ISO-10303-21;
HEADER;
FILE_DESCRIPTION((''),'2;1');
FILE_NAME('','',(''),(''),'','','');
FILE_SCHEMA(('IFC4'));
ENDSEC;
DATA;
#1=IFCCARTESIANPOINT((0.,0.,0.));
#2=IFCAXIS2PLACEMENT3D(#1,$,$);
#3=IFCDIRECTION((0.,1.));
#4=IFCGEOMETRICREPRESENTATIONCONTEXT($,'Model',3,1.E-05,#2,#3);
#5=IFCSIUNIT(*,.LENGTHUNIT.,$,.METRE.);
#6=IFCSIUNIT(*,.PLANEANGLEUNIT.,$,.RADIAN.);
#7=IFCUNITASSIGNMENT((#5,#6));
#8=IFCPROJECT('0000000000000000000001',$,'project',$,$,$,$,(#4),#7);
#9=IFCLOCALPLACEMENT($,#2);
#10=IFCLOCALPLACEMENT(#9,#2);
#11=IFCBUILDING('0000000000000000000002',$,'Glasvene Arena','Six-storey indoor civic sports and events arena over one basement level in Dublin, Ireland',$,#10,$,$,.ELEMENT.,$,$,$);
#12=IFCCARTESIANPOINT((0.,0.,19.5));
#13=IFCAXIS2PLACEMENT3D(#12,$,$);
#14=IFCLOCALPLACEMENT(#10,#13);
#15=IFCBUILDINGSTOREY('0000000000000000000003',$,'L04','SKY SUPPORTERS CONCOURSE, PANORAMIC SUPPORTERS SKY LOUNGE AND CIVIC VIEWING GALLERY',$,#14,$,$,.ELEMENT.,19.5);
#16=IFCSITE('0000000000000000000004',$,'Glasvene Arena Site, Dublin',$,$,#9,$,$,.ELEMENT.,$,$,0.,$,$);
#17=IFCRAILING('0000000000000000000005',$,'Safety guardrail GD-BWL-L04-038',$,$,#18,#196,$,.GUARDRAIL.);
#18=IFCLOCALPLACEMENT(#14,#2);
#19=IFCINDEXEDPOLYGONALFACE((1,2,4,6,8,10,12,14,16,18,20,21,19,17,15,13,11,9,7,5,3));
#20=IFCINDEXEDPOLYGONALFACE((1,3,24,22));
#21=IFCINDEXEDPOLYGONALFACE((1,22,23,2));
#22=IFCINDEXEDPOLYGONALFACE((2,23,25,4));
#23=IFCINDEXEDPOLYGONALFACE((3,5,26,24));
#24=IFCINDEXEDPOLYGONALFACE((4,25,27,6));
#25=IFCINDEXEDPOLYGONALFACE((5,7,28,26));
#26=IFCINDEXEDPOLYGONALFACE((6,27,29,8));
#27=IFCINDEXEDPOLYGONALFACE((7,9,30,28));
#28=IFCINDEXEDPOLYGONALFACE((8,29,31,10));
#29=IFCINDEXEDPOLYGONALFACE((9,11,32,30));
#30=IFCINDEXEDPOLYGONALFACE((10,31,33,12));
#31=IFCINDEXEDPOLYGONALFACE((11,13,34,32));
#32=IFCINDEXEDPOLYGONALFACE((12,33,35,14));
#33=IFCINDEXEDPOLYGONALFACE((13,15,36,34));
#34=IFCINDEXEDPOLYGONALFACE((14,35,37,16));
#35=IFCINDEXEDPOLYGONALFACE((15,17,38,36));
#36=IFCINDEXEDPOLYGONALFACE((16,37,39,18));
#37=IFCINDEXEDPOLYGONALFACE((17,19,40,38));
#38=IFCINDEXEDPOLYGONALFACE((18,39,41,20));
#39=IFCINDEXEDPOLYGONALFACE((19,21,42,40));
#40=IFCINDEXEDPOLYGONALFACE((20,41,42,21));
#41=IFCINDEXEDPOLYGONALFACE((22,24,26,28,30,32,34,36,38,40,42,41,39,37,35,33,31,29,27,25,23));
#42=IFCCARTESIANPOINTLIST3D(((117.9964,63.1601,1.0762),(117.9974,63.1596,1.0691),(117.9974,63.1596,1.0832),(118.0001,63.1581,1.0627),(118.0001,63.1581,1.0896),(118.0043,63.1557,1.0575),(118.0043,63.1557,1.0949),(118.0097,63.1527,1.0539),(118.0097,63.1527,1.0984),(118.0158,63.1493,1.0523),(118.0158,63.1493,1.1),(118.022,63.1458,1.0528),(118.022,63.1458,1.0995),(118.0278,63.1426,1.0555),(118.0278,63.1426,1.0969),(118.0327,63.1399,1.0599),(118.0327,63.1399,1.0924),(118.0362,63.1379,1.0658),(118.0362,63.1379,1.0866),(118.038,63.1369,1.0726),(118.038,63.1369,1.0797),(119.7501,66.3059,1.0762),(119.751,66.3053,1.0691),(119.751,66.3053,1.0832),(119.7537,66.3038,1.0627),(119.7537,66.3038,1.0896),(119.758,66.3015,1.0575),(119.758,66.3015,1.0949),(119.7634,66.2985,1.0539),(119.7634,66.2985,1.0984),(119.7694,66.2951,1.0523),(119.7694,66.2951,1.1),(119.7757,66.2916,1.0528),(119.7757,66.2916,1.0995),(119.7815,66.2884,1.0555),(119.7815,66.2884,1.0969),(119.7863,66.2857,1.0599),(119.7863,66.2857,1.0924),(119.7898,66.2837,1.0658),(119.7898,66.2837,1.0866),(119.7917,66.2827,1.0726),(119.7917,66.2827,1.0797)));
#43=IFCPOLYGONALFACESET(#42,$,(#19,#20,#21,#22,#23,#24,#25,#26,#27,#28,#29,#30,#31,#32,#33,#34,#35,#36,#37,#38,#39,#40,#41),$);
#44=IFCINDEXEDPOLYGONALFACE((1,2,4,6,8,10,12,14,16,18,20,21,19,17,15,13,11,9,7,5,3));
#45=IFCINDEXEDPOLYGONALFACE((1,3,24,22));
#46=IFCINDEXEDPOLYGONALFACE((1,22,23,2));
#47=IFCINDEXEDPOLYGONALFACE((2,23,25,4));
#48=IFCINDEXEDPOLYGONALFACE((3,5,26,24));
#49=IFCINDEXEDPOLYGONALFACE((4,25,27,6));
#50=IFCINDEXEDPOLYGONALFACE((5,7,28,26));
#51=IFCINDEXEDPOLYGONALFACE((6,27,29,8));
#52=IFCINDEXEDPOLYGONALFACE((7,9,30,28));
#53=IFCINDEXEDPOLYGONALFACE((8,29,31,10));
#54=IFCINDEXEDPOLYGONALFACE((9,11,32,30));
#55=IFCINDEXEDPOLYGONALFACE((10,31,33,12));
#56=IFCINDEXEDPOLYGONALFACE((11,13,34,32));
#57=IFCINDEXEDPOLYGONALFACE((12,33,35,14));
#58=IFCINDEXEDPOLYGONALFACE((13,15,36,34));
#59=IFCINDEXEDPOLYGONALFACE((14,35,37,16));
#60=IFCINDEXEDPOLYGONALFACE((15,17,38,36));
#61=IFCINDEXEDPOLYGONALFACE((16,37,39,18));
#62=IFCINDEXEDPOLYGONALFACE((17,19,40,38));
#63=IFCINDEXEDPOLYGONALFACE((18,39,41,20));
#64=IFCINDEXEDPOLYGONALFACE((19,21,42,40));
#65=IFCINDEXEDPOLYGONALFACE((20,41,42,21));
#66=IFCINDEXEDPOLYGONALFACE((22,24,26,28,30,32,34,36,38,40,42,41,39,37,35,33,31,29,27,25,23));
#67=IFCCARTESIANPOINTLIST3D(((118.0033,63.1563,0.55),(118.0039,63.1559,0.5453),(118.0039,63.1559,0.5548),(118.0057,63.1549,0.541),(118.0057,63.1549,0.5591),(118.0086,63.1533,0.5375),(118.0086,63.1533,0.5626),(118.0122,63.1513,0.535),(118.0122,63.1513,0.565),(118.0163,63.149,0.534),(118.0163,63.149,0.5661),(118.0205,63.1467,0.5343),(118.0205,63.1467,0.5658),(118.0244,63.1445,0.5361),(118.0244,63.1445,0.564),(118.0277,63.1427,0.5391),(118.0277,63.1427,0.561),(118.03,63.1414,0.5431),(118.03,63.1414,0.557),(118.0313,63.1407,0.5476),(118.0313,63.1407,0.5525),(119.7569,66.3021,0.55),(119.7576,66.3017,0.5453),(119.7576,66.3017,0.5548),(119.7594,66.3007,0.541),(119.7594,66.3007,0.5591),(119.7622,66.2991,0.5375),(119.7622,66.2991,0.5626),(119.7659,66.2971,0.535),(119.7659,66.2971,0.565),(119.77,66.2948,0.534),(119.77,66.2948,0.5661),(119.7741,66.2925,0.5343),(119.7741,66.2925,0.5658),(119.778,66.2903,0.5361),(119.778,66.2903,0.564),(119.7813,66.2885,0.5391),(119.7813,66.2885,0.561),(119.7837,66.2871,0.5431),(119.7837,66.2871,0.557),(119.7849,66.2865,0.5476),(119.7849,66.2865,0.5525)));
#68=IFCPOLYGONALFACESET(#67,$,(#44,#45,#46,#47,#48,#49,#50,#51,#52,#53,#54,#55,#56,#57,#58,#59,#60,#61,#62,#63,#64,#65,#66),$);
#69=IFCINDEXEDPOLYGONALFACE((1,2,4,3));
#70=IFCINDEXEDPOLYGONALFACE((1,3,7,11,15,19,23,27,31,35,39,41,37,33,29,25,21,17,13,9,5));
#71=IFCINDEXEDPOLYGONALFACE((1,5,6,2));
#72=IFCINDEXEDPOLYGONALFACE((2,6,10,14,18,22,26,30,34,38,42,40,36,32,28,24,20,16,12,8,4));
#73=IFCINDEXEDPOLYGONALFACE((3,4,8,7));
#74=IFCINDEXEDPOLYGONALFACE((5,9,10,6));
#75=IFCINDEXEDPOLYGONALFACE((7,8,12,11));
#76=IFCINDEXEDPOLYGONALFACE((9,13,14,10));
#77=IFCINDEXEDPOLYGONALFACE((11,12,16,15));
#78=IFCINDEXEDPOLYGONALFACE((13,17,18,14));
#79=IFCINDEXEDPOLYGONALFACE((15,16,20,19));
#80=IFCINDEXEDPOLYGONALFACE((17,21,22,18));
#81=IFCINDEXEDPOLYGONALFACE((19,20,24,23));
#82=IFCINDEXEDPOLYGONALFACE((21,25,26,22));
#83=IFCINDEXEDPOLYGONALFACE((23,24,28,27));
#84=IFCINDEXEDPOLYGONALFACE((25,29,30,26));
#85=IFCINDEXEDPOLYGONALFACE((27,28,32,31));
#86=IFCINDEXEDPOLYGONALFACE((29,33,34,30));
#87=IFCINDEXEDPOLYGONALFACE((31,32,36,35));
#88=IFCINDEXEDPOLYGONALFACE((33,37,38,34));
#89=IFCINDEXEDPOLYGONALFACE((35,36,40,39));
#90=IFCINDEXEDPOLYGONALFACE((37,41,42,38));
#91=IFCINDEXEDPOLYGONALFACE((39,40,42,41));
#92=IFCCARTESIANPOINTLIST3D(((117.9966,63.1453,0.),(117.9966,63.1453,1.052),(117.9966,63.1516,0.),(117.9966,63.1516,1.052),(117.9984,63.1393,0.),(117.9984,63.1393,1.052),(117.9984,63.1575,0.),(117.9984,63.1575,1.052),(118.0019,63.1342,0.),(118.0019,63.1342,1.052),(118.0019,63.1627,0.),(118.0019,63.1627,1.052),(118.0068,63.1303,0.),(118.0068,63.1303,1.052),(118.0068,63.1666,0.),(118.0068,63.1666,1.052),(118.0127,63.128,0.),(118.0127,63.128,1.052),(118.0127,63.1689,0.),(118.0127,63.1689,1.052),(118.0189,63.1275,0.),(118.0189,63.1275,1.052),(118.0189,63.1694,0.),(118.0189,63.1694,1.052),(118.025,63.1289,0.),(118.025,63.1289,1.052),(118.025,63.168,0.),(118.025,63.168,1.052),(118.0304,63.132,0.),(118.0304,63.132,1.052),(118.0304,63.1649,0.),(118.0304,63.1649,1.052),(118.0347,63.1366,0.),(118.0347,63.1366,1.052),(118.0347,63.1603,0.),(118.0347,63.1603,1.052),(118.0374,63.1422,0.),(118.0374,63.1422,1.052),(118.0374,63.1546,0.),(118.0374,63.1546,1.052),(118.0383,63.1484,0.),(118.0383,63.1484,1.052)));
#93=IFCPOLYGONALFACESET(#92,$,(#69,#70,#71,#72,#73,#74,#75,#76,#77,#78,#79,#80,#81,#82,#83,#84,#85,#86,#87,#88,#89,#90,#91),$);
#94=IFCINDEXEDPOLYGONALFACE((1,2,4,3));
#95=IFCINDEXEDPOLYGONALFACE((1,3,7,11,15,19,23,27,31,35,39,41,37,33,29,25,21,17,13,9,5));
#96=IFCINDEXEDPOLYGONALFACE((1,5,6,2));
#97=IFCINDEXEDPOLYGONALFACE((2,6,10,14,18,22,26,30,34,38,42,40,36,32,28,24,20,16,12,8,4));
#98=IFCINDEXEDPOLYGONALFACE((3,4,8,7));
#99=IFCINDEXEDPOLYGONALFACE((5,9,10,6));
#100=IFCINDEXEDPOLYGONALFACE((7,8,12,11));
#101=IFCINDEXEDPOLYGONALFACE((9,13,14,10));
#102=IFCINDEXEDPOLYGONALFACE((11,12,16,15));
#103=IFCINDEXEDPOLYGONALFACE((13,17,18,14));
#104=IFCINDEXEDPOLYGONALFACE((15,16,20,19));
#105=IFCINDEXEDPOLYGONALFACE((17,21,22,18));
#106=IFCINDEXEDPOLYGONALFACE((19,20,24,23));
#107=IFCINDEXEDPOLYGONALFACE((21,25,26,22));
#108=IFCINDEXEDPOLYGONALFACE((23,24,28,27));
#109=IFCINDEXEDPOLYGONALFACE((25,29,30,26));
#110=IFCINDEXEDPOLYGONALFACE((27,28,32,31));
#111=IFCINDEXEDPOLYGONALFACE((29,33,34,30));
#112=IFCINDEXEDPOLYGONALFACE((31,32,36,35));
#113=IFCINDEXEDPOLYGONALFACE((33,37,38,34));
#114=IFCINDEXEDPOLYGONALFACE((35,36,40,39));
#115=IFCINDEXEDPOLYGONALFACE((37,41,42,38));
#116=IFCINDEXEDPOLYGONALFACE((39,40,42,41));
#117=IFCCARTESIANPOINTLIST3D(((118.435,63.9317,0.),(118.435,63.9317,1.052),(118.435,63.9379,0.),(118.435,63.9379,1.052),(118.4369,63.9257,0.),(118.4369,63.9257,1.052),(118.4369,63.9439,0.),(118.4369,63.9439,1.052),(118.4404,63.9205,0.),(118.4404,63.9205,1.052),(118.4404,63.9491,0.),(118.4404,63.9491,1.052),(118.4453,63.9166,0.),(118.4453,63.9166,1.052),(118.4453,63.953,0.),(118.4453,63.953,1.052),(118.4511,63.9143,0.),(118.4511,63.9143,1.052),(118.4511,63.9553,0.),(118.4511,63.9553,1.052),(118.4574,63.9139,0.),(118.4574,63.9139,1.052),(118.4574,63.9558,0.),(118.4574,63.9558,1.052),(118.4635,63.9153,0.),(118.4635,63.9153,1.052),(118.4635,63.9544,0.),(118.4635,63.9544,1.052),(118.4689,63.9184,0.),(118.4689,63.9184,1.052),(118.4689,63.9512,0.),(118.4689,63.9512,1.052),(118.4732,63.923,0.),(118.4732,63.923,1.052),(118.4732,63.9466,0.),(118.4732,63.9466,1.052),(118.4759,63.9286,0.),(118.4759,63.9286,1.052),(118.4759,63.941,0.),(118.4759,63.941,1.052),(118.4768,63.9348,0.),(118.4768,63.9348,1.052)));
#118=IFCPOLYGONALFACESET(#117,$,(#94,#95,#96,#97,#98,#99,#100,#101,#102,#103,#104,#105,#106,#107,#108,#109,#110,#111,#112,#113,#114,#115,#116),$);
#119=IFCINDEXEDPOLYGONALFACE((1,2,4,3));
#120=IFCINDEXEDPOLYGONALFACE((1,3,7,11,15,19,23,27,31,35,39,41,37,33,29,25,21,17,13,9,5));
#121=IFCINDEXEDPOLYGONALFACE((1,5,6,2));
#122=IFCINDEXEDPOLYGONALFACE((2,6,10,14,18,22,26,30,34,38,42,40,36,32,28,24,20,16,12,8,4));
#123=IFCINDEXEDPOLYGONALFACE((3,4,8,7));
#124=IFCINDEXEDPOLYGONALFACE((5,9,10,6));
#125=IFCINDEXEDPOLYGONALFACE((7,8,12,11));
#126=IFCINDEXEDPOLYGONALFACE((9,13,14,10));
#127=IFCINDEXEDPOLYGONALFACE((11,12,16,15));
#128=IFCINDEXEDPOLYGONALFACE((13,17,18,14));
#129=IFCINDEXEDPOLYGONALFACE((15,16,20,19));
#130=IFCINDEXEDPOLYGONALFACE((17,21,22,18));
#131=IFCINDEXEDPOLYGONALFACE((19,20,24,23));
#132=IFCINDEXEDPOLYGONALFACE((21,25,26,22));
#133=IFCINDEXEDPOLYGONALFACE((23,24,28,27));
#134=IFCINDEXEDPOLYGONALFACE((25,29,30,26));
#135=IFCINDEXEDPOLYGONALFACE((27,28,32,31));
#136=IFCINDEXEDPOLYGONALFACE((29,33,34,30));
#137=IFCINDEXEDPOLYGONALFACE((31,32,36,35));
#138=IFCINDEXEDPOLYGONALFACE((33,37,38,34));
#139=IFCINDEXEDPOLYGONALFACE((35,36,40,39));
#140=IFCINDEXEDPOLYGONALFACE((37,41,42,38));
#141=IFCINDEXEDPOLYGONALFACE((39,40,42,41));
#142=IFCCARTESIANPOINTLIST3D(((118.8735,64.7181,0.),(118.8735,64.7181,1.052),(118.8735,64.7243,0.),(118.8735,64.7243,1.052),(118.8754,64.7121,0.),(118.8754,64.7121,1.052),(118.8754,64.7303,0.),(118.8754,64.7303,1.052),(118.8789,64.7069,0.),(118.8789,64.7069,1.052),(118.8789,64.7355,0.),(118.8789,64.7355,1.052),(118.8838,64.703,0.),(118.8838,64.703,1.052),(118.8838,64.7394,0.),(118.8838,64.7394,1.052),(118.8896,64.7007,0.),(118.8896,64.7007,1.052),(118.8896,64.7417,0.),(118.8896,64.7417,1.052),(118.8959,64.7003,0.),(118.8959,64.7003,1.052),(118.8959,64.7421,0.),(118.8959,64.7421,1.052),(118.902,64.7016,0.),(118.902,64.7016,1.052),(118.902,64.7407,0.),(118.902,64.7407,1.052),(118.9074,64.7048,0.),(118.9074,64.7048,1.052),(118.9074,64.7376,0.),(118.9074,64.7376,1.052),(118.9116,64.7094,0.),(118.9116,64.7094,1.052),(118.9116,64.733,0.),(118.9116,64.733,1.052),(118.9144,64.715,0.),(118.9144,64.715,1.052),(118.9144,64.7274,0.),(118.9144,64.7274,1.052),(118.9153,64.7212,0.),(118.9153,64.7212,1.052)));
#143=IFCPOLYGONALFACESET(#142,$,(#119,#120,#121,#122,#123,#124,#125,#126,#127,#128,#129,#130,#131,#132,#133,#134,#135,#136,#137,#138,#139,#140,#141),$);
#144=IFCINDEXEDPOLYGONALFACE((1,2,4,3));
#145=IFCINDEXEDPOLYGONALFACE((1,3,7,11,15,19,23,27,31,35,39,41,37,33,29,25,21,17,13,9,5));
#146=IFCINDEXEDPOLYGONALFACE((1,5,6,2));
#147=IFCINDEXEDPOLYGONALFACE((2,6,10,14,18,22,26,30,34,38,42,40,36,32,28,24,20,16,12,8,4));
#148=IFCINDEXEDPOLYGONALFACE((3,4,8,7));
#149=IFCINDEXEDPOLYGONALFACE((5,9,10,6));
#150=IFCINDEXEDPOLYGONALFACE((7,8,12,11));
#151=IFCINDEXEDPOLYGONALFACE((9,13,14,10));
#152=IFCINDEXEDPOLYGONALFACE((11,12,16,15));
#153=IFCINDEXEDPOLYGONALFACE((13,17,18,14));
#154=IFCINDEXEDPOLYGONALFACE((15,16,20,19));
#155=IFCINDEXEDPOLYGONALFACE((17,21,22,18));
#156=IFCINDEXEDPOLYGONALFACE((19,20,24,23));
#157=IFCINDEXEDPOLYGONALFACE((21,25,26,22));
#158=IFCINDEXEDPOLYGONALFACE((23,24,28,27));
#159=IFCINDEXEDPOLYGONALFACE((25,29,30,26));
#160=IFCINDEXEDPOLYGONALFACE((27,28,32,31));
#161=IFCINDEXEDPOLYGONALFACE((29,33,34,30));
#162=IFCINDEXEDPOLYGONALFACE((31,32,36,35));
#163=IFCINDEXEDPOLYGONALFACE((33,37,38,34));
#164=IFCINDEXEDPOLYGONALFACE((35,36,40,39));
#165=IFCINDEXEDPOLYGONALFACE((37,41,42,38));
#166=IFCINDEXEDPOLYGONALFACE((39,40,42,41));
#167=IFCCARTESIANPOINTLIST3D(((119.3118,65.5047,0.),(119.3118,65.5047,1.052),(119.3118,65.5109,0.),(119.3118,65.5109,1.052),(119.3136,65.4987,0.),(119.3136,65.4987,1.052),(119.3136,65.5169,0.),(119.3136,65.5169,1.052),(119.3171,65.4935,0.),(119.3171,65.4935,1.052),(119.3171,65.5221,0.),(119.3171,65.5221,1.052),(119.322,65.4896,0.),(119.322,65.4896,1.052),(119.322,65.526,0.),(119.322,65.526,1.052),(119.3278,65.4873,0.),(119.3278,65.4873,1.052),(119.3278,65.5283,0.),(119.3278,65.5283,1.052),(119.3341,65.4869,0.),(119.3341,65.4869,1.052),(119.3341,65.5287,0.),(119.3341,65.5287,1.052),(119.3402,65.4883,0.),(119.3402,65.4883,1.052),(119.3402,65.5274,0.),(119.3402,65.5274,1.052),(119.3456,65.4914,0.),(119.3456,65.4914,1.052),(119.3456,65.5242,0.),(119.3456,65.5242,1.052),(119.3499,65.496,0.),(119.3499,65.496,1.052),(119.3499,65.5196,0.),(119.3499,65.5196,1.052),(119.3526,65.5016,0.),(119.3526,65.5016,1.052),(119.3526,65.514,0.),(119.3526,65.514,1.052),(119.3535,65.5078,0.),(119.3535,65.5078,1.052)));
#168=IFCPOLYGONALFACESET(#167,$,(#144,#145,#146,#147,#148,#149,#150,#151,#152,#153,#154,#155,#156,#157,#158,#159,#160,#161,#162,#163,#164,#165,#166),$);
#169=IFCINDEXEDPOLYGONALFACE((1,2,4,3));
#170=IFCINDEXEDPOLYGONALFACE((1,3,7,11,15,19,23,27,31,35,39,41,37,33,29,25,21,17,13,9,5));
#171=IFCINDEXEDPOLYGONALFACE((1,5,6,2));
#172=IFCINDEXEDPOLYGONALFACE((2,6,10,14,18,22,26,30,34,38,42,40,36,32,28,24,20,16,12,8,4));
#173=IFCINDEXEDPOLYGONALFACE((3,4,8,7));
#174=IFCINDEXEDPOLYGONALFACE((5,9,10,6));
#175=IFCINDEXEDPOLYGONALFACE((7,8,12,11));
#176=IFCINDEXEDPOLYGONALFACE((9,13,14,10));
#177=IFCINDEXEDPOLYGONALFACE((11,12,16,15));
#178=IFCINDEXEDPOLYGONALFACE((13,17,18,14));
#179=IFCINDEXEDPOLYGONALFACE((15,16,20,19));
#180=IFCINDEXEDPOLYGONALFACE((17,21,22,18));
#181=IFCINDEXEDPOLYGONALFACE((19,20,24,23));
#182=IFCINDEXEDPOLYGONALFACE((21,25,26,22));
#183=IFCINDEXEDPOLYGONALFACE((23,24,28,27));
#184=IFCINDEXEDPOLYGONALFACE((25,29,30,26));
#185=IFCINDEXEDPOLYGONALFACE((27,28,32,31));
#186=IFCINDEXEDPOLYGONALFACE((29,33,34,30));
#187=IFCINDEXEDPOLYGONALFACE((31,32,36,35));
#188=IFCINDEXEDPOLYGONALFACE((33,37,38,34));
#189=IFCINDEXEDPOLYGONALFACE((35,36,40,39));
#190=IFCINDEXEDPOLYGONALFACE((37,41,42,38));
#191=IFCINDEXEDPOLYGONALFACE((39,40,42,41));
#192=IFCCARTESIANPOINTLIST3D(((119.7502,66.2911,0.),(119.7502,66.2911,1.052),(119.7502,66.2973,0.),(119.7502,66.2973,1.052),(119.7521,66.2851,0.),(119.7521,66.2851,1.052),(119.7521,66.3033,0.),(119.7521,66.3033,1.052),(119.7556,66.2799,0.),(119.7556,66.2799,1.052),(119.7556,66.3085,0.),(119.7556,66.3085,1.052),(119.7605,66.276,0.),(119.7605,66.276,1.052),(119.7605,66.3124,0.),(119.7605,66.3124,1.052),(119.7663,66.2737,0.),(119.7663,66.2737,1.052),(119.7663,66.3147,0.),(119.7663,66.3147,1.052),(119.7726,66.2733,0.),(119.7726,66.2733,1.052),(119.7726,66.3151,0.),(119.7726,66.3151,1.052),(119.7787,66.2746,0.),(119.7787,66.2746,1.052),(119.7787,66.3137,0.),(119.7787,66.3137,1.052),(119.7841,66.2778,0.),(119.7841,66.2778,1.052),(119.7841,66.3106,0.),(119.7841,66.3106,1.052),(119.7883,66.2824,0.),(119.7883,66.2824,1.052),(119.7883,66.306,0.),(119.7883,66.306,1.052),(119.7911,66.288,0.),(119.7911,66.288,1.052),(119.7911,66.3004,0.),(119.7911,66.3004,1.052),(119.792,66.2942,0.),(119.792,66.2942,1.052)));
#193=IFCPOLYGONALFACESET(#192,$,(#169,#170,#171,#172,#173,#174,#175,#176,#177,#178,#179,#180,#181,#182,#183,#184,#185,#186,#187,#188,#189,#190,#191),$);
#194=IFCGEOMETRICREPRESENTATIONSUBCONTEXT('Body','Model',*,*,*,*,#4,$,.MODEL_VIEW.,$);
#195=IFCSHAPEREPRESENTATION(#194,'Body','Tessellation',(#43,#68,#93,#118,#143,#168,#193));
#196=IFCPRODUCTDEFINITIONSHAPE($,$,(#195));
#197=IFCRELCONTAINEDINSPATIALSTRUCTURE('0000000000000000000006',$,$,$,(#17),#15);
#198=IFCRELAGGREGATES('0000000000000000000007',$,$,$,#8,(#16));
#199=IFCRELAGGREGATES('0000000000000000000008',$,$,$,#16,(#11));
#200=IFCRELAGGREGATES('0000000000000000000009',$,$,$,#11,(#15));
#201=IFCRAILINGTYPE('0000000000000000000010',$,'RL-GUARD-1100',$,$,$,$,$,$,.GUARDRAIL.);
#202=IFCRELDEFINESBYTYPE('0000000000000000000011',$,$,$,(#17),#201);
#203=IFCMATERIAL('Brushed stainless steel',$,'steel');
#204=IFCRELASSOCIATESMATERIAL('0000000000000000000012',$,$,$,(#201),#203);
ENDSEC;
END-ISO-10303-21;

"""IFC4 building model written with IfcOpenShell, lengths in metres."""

from ifc_helpers import new_model, si_unit, direction, frame, origin, origin_2d, place, context, subcontext, project, spatial, circle, extrude, material, type_object, element, save


model = new_model("IFC4")

# Units and contexts
model_context = context("Model", 3, precision=1e-05, world=origin(), true_north=direction((0.0, 1.0)))
body_context = subcontext(model_context, "Body", "Model", "MODEL_VIEW")
ifc_project = project(units=[si_unit("LENGTHUNIT", "METRE"), si_unit("PLANEANGLEUNIT", "RADIAN")], contexts=[model_context])

# Site, building, storey
site_placement = place(None, origin())
site = spatial("IfcSite", under=ifc_project, at=site_placement, Name="Glasvene Arena Site, Dublin", CompositionType="ELEMENT", RefElevation=0.0)
building_placement = place(site_placement, origin())
building = spatial("IfcBuilding", under=site, at=building_placement, Name="Glasvene Arena", Description="Six-storey indoor civic sports and events arena over one basement level in Dublin, Ireland", CompositionType="ELEMENT")
storey_placement = place(building_placement, frame((0.0, 0.0, 19.5)))
storey = spatial("IfcBuildingStorey", under=building, at=storey_placement, Name="L04", Description="SKY SUPPORTERS CONCOURSE, PANORAMIC SUPPORTERS SKY LOUNGE AND CIVIC VIEWING GALLERY", CompositionType="ELEMENT", Elevation=19.5)

# Railing
ifc_material = material(Name="Brushed stainless steel", Category="steel")
railing_type = type_object("IfcRailingType", Name="RL-GUARD-1100", PredefinedType="GUARDRAIL", material=ifc_material)
railing_1_placement = place(storey_placement, frame((118.0173, 63.1484, 0.0)))
element("IfcRailing", 1, at=railing_1_placement, inside=storey, type_object=railing_type, Name="Safety guardrail GD-BWL-L04-038", PredefinedType="GUARDRAIL", context=body_context, shape_type="SweptSolid", body=[
    extrude(circle(Radius=0.0239, at=origin_2d()), frame((0.0, 0.0, 1.0762), z_axis=(0.48692, 0.873446, 0.0), x_axis=(-0.873446, 0.48692, 0.0)), (0.0, 0.0, 1.0), 3.6016),
    extrude(circle(Radius=0.0161, at=origin_2d()), frame((0.0, 0.0, 0.55), z_axis=(0.48692, 0.873446, 0.0), x_axis=(-0.873446, 0.48692, 0.0)), (0.0, 0.0, 1.0), 3.6016),
    extrude(circle(Radius=0.021, at=origin_2d()), origin(), (0.0, 0.0, 1.0), 1.052),
    extrude(circle(Radius=0.021, at=origin_2d()), frame((0.4385, 0.7864, 0.0)), (0.0, 0.0, 1.0), 1.052),
    extrude(circle(Radius=0.021, at=origin_2d()), frame((0.877, 1.5728, 0.0)), (0.0, 0.0, 1.0), 1.052),
    extrude(circle(Radius=0.021, at=origin_2d()), frame((1.3152, 2.3594, 0.0)), (0.0, 0.0, 1.0), 1.052),
    extrude(circle(Radius=0.021, at=origin_2d()), frame((1.7537, 3.1458, 0.0)), (0.0, 0.0, 1.0), 1.052),
])

save(model, "model.ifc")
